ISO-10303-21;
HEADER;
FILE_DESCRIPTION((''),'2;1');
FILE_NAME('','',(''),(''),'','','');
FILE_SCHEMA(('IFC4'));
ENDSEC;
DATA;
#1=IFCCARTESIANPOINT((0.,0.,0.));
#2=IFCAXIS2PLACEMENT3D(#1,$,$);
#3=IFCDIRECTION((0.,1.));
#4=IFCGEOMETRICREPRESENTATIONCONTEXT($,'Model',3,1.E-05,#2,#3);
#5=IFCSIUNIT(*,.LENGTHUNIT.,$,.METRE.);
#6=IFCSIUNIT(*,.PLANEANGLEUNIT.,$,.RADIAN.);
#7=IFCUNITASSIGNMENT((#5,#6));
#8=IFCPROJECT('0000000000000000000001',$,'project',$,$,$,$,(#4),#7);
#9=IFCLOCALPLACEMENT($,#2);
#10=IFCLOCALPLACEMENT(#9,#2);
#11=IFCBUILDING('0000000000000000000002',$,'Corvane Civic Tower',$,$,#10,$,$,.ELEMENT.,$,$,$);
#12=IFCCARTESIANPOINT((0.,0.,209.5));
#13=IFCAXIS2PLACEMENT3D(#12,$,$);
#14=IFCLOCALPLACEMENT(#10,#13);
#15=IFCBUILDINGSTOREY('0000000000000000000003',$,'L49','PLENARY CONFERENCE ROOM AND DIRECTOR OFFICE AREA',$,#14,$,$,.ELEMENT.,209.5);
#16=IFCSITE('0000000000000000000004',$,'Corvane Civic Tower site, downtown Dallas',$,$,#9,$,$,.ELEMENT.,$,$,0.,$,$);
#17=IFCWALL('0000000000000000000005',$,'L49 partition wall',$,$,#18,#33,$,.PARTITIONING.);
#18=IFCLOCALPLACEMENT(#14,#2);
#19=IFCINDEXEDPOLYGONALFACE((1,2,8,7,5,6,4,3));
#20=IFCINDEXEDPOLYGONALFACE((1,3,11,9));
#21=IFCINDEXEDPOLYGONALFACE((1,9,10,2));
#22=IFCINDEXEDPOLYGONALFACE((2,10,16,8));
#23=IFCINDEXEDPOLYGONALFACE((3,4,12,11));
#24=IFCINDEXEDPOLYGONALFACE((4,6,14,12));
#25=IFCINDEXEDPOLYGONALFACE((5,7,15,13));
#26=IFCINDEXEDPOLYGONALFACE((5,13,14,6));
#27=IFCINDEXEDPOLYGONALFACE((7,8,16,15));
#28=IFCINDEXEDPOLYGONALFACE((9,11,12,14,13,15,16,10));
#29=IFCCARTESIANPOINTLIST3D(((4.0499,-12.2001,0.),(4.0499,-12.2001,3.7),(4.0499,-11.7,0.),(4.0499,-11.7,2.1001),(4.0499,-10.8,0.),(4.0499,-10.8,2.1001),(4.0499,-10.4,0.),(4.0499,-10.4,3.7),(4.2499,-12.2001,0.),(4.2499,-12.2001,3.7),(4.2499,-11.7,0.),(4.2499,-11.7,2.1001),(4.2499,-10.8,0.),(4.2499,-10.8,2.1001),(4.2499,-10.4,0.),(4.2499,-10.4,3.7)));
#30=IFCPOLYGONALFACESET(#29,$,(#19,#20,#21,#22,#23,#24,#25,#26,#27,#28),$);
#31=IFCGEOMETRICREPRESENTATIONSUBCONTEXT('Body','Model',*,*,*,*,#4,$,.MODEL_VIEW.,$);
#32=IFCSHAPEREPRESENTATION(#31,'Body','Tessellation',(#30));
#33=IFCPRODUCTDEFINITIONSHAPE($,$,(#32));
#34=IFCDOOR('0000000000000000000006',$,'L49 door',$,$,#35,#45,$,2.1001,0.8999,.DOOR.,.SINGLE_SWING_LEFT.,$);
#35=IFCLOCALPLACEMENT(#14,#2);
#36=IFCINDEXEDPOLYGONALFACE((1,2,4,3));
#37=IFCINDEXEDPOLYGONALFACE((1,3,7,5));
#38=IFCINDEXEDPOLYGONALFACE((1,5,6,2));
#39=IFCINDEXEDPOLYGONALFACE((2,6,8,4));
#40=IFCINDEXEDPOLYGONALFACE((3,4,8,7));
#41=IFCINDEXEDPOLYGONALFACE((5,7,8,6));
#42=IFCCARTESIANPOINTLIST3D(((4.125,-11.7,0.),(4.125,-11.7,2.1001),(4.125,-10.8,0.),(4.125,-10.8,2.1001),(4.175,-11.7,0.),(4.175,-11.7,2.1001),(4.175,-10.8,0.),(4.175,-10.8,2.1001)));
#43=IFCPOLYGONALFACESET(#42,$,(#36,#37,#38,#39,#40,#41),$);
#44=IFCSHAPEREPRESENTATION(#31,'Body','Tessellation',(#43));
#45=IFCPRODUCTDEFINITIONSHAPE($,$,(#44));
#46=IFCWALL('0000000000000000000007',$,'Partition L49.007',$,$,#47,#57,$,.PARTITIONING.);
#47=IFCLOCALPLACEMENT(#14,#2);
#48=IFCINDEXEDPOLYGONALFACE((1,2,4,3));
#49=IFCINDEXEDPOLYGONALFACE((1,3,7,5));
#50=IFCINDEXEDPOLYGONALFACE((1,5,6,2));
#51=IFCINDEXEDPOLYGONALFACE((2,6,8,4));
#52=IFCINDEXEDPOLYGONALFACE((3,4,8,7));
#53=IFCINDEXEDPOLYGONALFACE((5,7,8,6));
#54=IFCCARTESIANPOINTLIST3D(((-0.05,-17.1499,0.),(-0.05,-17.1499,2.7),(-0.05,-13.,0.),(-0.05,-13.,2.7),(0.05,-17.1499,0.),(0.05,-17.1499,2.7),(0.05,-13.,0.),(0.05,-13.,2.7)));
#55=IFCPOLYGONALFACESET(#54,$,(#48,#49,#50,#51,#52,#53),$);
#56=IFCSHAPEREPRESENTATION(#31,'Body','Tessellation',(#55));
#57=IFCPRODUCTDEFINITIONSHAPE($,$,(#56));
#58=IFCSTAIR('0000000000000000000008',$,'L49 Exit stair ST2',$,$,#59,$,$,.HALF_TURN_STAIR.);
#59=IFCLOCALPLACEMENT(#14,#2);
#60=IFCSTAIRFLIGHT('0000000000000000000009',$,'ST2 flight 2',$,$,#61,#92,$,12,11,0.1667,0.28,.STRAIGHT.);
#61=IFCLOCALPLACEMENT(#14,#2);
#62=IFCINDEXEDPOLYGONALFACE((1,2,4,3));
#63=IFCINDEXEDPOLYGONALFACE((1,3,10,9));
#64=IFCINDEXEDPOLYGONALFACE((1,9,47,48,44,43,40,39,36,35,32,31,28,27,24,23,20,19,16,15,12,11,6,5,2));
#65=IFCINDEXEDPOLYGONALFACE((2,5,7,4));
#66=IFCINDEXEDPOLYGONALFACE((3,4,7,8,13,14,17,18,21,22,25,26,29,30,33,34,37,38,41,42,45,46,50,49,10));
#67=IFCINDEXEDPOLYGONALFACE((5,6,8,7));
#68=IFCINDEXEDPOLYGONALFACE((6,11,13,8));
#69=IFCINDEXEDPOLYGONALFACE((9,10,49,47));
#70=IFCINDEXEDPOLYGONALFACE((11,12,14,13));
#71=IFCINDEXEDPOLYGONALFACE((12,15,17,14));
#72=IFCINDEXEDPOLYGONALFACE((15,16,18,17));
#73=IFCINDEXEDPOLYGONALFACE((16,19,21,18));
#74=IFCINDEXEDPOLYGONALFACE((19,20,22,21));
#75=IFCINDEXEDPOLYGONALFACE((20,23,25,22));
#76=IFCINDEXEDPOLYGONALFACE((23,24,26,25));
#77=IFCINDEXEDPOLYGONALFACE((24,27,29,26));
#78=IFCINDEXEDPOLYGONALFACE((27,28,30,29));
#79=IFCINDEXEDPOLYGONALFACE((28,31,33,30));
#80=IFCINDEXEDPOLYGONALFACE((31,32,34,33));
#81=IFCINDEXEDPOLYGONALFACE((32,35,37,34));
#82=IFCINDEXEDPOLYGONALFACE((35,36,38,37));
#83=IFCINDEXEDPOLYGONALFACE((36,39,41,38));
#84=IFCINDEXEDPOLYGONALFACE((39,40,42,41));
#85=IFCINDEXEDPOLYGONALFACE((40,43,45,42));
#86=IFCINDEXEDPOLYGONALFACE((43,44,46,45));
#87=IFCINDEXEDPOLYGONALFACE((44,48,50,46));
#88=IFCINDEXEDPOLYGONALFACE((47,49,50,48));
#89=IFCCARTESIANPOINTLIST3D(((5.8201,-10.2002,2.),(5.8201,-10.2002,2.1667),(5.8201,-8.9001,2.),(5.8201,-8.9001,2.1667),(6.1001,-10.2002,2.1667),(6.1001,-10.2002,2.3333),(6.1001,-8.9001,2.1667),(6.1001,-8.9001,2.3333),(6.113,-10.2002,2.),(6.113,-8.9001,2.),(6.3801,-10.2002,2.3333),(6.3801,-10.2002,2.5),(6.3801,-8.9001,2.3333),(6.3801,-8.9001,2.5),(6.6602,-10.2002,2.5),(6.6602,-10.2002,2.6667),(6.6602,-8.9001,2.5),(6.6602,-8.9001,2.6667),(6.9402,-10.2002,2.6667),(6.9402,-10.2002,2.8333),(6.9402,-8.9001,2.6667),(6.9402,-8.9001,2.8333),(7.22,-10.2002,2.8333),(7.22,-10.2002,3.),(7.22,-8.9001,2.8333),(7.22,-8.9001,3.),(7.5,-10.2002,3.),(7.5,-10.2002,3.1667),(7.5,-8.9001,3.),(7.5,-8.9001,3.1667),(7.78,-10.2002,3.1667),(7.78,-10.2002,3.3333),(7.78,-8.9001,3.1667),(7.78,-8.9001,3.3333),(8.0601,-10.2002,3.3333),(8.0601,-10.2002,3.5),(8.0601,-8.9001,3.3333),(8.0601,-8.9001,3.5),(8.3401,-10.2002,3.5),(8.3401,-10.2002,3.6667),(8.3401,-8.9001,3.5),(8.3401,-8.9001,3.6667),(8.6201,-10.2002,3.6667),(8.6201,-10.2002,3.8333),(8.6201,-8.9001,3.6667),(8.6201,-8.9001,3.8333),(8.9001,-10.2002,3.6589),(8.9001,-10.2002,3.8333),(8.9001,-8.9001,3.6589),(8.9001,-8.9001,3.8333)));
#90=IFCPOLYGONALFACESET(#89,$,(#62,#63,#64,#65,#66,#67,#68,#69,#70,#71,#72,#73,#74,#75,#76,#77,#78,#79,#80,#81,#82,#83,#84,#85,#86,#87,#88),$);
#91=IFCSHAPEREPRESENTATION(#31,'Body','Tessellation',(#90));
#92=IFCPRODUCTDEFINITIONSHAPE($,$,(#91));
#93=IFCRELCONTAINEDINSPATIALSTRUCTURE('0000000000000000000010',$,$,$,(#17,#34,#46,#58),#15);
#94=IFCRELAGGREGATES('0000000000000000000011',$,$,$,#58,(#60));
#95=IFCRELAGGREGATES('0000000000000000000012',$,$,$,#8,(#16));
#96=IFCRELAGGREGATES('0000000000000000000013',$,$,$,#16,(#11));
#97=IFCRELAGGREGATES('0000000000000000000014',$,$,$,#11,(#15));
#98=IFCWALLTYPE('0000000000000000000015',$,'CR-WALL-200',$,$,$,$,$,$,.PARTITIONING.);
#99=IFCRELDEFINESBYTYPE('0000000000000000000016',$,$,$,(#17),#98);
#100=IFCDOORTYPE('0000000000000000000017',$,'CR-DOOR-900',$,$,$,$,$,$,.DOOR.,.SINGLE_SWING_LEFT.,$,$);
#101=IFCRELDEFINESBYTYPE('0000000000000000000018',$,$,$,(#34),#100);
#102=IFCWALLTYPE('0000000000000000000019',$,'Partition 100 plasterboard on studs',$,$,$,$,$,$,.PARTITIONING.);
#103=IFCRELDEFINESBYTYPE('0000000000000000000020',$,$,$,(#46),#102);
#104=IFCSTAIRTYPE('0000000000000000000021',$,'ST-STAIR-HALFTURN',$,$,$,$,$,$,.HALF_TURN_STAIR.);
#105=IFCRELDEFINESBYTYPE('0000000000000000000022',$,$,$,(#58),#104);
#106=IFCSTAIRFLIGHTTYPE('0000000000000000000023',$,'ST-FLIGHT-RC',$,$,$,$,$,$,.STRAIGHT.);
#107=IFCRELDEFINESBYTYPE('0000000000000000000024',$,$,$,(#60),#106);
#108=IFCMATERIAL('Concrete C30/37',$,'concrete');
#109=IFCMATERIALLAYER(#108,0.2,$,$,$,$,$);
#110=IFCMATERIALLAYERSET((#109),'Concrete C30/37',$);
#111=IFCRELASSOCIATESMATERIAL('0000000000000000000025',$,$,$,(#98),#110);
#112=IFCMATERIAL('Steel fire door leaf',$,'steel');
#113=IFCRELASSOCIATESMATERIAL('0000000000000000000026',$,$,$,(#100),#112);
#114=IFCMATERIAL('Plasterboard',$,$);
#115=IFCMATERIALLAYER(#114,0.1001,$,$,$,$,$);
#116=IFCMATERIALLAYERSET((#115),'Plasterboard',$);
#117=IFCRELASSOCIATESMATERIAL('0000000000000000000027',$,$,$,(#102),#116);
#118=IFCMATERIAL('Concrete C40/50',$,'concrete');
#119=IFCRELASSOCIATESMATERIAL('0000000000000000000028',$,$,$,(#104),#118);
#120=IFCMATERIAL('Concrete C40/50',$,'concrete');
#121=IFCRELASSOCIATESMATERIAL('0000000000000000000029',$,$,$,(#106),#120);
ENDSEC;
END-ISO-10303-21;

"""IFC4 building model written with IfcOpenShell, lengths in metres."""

from ifc_helpers import new_model, si_unit, direction, frame, frame_2d, origin, place, context, subcontext, project, spatial, polyline, rectangle, outline, extrude, material, layer, layer_set, type_object, element, fill, aggregate, save


model = new_model("IFC4")

# Units and contexts
model_context = context("Model", 3, precision=1e-05, world=origin(), true_north=direction((0.0, 1.0)))
body_context = subcontext(model_context, "Body", "Model", "MODEL_VIEW")
ifc_project = project(units=[si_unit("LENGTHUNIT", "METRE"), si_unit("PLANEANGLEUNIT", "RADIAN")], contexts=[model_context])

# Site, building, storey
site_placement = place(None, origin())
site = spatial("IfcSite", under=ifc_project, at=site_placement, Name="Corvane Civic Tower site, downtown Dallas", CompositionType="ELEMENT", RefElevation=0.0)
building_placement = place(site_placement, origin())
building = spatial("IfcBuilding", under=site, at=building_placement, Name="Corvane Civic Tower", CompositionType="ELEMENT")
storey_placement = place(building_placement, frame((0.0, 0.0, 209.5)))
storey = spatial("IfcBuildingStorey", under=building, at=storey_placement, Name="L49", Description="PLENARY CONFERENCE ROOM AND DIRECTOR OFFICE AREA", CompositionType="ELEMENT", Elevation=209.5)

# Wall, opening, door
ifc_material_1 = material(Name="Concrete C30/37", Category="concrete")
ifc_layer_1 = layer(ifc_material_1, 0.2)
ifc_layer_set_1 = layer_set([ifc_layer_1], Name="Concrete C30/37")
wall_type_1 = type_object("IfcWallType", Name="CR-WALL-200", PredefinedType="PARTITIONING", material=ifc_layer_set_1)
ifc_material_2 = material(Name="Steel fire door leaf", Category="steel")
door_type_1 = type_object("IfcDoorType", Name="CR-DOOR-900", OperationType="SINGLE_SWING_LEFT", PredefinedType="DOOR", material=ifc_material_2)
wall_1_placement = place(storey_placement, frame((4.1499, -12.2, 0.0), z_axis=(0.0, 0.0, 1.0), x_axis=(0.0, 1.0, 0.0)))
wall_1 = element("IfcWall", 1, at=wall_1_placement, inside=storey, type_object=wall_type_1, Name="L49 partition wall", PredefinedType="PARTITIONING", context=body_context, shape_type="SweptSolid", body=[
    extrude(rectangle(XDim=1.8, YDim=0.2, at=frame_2d((0.8999, 0.0))), origin(), (0.0, 0.0, 1.0), 3.7),
])
opening_1_placement = place(wall_1_placement, frame((0.5, 0.0, 0.0)))
opening_1 = element("IfcOpeningElement", 2, at=opening_1_placement, cuts=wall_1, PredefinedType="OPENING", context=body_context, shape_type="SweptSolid", body=[
    extrude(rectangle(XDim=0.8999, YDim=2.1001, at=frame_2d((0.45, 1.05))), frame((0.0, 0.1099, 0.0), z_axis=(0.0, -1.0, 0.0), x_axis=(1.0, 0.0, 0.0)), (0.0, 0.0, 1.0), 0.22),
])
door_1_placement = place(opening_1_placement, origin())
door_1 = element("IfcDoor", 3, at=door_1_placement, inside=storey, type_object=door_type_1, Name="L49 door", OperationType="SINGLE_SWING_LEFT", OverallHeight=2.1001, OverallWidth=0.8999, PredefinedType="DOOR", context=body_context, shape_type="SweptSolid", body=[
    extrude(rectangle(XDim=0.8999, YDim=2.1001, at=frame_2d((0.45, 1.05))), frame((0.0, 0.0249, 0.0), z_axis=(0.0, -1.0, 0.0), x_axis=(1.0, 0.0, 0.0)), (0.0, 0.0, 1.0), 0.05),
])
fill(opening_1, door_1)

# Wall
ifc_material_3 = material(Name="Plasterboard")
ifc_layer_2 = layer(ifc_material_3, 0.1001)
ifc_layer_set_2 = layer_set([ifc_layer_2], Name="Plasterboard")
wall_type_2 = type_object("IfcWallType", Name="Partition 100 plasterboard on studs", PredefinedType="PARTITIONING", material=ifc_layer_set_2)
wall_2_placement = place(storey_placement, frame((0.0, -17.1499, 0.0), z_axis=(0.0, 0.0, 1.0), x_axis=(0.0, 1.0, 0.0)))
element("IfcWall", 4, at=wall_2_placement, inside=storey, type_object=wall_type_2, Name="Partition L49.007", PredefinedType="PARTITIONING", context=body_context, shape_type="SweptSolid", body=[
    extrude(rectangle(XDim=4.1499, YDim=0.1001, at=frame_2d((2.075, 0.0))), origin(), (0.0, 0.0, 1.0), 2.7),
])

# Stair, stair flight
ifc_material_4 = material(Name="Concrete C40/50", Category="concrete")
stair_type = type_object("IfcStairType", Name="ST-STAIR-HALFTURN", PredefinedType="HALF_TURN_STAIR", material=ifc_material_4)
stair_placement = place(storey_placement, origin())
stair = element("IfcStair", 5, at=stair_placement, inside=storey, type_object=stair_type, Name="L49 Exit stair ST2", PredefinedType="HALF_TURN_STAIR")
ifc_material_5 = material(Name="Concrete C40/50", Category="concrete")
stair_flight_type = type_object("IfcStairFlightType", Name="ST-FLIGHT-RC", PredefinedType="STRAIGHT", material=ifc_material_5)
stair_flight_placement = place(storey_placement, frame((5.8201, -9.55, 2.0), z_axis=(0.0, 0.0, 1.0), x_axis=(1.0, 0.0, 0.0)))
stair_flight = element("IfcStairFlight", 6, at=stair_flight_placement, type_object=stair_flight_type, Name="ST2 flight 2", NumberOfRisers=12, NumberOfTreads=11, PredefinedType="STRAIGHT", RiserHeight=0.1667, TreadLength=0.28, context=body_context, shape_type="SweptSolid", body=[
    extrude(outline(polyline([(0.0, 0.0), (0.0, 0.1667), (0.28, 0.1667), (0.28, 0.3333), (0.5601, 0.3333), (0.5601, 0.5), (0.8401, 0.5), (0.8401, 0.6667), (1.1201, 0.6667), (1.1201, 0.8333), (1.3999, 0.8333), (1.3999, 1.0), (1.6799, 1.0), (1.6799, 1.1667), (1.96, 1.1667), (1.96, 1.3333), (2.24, 1.3333), (2.24, 1.5), (2.52, 1.5), (2.52, 1.6667), (2.8, 1.6667), (2.8, 1.8333), (3.0801, 1.8333), (3.0801, 2.0), (3.0801, 1.6589), (0.293, 0.0), (0.0, 0.0)])), frame((0.0, 0.6499, 0.0), z_axis=(0.0, -1.0, 0.0), x_axis=(1.0, 0.0, 0.0)), (0.0, 0.0, 1.0), 1.3),
])
aggregate(stair, [stair_flight])

save(model, "model.ifc")
